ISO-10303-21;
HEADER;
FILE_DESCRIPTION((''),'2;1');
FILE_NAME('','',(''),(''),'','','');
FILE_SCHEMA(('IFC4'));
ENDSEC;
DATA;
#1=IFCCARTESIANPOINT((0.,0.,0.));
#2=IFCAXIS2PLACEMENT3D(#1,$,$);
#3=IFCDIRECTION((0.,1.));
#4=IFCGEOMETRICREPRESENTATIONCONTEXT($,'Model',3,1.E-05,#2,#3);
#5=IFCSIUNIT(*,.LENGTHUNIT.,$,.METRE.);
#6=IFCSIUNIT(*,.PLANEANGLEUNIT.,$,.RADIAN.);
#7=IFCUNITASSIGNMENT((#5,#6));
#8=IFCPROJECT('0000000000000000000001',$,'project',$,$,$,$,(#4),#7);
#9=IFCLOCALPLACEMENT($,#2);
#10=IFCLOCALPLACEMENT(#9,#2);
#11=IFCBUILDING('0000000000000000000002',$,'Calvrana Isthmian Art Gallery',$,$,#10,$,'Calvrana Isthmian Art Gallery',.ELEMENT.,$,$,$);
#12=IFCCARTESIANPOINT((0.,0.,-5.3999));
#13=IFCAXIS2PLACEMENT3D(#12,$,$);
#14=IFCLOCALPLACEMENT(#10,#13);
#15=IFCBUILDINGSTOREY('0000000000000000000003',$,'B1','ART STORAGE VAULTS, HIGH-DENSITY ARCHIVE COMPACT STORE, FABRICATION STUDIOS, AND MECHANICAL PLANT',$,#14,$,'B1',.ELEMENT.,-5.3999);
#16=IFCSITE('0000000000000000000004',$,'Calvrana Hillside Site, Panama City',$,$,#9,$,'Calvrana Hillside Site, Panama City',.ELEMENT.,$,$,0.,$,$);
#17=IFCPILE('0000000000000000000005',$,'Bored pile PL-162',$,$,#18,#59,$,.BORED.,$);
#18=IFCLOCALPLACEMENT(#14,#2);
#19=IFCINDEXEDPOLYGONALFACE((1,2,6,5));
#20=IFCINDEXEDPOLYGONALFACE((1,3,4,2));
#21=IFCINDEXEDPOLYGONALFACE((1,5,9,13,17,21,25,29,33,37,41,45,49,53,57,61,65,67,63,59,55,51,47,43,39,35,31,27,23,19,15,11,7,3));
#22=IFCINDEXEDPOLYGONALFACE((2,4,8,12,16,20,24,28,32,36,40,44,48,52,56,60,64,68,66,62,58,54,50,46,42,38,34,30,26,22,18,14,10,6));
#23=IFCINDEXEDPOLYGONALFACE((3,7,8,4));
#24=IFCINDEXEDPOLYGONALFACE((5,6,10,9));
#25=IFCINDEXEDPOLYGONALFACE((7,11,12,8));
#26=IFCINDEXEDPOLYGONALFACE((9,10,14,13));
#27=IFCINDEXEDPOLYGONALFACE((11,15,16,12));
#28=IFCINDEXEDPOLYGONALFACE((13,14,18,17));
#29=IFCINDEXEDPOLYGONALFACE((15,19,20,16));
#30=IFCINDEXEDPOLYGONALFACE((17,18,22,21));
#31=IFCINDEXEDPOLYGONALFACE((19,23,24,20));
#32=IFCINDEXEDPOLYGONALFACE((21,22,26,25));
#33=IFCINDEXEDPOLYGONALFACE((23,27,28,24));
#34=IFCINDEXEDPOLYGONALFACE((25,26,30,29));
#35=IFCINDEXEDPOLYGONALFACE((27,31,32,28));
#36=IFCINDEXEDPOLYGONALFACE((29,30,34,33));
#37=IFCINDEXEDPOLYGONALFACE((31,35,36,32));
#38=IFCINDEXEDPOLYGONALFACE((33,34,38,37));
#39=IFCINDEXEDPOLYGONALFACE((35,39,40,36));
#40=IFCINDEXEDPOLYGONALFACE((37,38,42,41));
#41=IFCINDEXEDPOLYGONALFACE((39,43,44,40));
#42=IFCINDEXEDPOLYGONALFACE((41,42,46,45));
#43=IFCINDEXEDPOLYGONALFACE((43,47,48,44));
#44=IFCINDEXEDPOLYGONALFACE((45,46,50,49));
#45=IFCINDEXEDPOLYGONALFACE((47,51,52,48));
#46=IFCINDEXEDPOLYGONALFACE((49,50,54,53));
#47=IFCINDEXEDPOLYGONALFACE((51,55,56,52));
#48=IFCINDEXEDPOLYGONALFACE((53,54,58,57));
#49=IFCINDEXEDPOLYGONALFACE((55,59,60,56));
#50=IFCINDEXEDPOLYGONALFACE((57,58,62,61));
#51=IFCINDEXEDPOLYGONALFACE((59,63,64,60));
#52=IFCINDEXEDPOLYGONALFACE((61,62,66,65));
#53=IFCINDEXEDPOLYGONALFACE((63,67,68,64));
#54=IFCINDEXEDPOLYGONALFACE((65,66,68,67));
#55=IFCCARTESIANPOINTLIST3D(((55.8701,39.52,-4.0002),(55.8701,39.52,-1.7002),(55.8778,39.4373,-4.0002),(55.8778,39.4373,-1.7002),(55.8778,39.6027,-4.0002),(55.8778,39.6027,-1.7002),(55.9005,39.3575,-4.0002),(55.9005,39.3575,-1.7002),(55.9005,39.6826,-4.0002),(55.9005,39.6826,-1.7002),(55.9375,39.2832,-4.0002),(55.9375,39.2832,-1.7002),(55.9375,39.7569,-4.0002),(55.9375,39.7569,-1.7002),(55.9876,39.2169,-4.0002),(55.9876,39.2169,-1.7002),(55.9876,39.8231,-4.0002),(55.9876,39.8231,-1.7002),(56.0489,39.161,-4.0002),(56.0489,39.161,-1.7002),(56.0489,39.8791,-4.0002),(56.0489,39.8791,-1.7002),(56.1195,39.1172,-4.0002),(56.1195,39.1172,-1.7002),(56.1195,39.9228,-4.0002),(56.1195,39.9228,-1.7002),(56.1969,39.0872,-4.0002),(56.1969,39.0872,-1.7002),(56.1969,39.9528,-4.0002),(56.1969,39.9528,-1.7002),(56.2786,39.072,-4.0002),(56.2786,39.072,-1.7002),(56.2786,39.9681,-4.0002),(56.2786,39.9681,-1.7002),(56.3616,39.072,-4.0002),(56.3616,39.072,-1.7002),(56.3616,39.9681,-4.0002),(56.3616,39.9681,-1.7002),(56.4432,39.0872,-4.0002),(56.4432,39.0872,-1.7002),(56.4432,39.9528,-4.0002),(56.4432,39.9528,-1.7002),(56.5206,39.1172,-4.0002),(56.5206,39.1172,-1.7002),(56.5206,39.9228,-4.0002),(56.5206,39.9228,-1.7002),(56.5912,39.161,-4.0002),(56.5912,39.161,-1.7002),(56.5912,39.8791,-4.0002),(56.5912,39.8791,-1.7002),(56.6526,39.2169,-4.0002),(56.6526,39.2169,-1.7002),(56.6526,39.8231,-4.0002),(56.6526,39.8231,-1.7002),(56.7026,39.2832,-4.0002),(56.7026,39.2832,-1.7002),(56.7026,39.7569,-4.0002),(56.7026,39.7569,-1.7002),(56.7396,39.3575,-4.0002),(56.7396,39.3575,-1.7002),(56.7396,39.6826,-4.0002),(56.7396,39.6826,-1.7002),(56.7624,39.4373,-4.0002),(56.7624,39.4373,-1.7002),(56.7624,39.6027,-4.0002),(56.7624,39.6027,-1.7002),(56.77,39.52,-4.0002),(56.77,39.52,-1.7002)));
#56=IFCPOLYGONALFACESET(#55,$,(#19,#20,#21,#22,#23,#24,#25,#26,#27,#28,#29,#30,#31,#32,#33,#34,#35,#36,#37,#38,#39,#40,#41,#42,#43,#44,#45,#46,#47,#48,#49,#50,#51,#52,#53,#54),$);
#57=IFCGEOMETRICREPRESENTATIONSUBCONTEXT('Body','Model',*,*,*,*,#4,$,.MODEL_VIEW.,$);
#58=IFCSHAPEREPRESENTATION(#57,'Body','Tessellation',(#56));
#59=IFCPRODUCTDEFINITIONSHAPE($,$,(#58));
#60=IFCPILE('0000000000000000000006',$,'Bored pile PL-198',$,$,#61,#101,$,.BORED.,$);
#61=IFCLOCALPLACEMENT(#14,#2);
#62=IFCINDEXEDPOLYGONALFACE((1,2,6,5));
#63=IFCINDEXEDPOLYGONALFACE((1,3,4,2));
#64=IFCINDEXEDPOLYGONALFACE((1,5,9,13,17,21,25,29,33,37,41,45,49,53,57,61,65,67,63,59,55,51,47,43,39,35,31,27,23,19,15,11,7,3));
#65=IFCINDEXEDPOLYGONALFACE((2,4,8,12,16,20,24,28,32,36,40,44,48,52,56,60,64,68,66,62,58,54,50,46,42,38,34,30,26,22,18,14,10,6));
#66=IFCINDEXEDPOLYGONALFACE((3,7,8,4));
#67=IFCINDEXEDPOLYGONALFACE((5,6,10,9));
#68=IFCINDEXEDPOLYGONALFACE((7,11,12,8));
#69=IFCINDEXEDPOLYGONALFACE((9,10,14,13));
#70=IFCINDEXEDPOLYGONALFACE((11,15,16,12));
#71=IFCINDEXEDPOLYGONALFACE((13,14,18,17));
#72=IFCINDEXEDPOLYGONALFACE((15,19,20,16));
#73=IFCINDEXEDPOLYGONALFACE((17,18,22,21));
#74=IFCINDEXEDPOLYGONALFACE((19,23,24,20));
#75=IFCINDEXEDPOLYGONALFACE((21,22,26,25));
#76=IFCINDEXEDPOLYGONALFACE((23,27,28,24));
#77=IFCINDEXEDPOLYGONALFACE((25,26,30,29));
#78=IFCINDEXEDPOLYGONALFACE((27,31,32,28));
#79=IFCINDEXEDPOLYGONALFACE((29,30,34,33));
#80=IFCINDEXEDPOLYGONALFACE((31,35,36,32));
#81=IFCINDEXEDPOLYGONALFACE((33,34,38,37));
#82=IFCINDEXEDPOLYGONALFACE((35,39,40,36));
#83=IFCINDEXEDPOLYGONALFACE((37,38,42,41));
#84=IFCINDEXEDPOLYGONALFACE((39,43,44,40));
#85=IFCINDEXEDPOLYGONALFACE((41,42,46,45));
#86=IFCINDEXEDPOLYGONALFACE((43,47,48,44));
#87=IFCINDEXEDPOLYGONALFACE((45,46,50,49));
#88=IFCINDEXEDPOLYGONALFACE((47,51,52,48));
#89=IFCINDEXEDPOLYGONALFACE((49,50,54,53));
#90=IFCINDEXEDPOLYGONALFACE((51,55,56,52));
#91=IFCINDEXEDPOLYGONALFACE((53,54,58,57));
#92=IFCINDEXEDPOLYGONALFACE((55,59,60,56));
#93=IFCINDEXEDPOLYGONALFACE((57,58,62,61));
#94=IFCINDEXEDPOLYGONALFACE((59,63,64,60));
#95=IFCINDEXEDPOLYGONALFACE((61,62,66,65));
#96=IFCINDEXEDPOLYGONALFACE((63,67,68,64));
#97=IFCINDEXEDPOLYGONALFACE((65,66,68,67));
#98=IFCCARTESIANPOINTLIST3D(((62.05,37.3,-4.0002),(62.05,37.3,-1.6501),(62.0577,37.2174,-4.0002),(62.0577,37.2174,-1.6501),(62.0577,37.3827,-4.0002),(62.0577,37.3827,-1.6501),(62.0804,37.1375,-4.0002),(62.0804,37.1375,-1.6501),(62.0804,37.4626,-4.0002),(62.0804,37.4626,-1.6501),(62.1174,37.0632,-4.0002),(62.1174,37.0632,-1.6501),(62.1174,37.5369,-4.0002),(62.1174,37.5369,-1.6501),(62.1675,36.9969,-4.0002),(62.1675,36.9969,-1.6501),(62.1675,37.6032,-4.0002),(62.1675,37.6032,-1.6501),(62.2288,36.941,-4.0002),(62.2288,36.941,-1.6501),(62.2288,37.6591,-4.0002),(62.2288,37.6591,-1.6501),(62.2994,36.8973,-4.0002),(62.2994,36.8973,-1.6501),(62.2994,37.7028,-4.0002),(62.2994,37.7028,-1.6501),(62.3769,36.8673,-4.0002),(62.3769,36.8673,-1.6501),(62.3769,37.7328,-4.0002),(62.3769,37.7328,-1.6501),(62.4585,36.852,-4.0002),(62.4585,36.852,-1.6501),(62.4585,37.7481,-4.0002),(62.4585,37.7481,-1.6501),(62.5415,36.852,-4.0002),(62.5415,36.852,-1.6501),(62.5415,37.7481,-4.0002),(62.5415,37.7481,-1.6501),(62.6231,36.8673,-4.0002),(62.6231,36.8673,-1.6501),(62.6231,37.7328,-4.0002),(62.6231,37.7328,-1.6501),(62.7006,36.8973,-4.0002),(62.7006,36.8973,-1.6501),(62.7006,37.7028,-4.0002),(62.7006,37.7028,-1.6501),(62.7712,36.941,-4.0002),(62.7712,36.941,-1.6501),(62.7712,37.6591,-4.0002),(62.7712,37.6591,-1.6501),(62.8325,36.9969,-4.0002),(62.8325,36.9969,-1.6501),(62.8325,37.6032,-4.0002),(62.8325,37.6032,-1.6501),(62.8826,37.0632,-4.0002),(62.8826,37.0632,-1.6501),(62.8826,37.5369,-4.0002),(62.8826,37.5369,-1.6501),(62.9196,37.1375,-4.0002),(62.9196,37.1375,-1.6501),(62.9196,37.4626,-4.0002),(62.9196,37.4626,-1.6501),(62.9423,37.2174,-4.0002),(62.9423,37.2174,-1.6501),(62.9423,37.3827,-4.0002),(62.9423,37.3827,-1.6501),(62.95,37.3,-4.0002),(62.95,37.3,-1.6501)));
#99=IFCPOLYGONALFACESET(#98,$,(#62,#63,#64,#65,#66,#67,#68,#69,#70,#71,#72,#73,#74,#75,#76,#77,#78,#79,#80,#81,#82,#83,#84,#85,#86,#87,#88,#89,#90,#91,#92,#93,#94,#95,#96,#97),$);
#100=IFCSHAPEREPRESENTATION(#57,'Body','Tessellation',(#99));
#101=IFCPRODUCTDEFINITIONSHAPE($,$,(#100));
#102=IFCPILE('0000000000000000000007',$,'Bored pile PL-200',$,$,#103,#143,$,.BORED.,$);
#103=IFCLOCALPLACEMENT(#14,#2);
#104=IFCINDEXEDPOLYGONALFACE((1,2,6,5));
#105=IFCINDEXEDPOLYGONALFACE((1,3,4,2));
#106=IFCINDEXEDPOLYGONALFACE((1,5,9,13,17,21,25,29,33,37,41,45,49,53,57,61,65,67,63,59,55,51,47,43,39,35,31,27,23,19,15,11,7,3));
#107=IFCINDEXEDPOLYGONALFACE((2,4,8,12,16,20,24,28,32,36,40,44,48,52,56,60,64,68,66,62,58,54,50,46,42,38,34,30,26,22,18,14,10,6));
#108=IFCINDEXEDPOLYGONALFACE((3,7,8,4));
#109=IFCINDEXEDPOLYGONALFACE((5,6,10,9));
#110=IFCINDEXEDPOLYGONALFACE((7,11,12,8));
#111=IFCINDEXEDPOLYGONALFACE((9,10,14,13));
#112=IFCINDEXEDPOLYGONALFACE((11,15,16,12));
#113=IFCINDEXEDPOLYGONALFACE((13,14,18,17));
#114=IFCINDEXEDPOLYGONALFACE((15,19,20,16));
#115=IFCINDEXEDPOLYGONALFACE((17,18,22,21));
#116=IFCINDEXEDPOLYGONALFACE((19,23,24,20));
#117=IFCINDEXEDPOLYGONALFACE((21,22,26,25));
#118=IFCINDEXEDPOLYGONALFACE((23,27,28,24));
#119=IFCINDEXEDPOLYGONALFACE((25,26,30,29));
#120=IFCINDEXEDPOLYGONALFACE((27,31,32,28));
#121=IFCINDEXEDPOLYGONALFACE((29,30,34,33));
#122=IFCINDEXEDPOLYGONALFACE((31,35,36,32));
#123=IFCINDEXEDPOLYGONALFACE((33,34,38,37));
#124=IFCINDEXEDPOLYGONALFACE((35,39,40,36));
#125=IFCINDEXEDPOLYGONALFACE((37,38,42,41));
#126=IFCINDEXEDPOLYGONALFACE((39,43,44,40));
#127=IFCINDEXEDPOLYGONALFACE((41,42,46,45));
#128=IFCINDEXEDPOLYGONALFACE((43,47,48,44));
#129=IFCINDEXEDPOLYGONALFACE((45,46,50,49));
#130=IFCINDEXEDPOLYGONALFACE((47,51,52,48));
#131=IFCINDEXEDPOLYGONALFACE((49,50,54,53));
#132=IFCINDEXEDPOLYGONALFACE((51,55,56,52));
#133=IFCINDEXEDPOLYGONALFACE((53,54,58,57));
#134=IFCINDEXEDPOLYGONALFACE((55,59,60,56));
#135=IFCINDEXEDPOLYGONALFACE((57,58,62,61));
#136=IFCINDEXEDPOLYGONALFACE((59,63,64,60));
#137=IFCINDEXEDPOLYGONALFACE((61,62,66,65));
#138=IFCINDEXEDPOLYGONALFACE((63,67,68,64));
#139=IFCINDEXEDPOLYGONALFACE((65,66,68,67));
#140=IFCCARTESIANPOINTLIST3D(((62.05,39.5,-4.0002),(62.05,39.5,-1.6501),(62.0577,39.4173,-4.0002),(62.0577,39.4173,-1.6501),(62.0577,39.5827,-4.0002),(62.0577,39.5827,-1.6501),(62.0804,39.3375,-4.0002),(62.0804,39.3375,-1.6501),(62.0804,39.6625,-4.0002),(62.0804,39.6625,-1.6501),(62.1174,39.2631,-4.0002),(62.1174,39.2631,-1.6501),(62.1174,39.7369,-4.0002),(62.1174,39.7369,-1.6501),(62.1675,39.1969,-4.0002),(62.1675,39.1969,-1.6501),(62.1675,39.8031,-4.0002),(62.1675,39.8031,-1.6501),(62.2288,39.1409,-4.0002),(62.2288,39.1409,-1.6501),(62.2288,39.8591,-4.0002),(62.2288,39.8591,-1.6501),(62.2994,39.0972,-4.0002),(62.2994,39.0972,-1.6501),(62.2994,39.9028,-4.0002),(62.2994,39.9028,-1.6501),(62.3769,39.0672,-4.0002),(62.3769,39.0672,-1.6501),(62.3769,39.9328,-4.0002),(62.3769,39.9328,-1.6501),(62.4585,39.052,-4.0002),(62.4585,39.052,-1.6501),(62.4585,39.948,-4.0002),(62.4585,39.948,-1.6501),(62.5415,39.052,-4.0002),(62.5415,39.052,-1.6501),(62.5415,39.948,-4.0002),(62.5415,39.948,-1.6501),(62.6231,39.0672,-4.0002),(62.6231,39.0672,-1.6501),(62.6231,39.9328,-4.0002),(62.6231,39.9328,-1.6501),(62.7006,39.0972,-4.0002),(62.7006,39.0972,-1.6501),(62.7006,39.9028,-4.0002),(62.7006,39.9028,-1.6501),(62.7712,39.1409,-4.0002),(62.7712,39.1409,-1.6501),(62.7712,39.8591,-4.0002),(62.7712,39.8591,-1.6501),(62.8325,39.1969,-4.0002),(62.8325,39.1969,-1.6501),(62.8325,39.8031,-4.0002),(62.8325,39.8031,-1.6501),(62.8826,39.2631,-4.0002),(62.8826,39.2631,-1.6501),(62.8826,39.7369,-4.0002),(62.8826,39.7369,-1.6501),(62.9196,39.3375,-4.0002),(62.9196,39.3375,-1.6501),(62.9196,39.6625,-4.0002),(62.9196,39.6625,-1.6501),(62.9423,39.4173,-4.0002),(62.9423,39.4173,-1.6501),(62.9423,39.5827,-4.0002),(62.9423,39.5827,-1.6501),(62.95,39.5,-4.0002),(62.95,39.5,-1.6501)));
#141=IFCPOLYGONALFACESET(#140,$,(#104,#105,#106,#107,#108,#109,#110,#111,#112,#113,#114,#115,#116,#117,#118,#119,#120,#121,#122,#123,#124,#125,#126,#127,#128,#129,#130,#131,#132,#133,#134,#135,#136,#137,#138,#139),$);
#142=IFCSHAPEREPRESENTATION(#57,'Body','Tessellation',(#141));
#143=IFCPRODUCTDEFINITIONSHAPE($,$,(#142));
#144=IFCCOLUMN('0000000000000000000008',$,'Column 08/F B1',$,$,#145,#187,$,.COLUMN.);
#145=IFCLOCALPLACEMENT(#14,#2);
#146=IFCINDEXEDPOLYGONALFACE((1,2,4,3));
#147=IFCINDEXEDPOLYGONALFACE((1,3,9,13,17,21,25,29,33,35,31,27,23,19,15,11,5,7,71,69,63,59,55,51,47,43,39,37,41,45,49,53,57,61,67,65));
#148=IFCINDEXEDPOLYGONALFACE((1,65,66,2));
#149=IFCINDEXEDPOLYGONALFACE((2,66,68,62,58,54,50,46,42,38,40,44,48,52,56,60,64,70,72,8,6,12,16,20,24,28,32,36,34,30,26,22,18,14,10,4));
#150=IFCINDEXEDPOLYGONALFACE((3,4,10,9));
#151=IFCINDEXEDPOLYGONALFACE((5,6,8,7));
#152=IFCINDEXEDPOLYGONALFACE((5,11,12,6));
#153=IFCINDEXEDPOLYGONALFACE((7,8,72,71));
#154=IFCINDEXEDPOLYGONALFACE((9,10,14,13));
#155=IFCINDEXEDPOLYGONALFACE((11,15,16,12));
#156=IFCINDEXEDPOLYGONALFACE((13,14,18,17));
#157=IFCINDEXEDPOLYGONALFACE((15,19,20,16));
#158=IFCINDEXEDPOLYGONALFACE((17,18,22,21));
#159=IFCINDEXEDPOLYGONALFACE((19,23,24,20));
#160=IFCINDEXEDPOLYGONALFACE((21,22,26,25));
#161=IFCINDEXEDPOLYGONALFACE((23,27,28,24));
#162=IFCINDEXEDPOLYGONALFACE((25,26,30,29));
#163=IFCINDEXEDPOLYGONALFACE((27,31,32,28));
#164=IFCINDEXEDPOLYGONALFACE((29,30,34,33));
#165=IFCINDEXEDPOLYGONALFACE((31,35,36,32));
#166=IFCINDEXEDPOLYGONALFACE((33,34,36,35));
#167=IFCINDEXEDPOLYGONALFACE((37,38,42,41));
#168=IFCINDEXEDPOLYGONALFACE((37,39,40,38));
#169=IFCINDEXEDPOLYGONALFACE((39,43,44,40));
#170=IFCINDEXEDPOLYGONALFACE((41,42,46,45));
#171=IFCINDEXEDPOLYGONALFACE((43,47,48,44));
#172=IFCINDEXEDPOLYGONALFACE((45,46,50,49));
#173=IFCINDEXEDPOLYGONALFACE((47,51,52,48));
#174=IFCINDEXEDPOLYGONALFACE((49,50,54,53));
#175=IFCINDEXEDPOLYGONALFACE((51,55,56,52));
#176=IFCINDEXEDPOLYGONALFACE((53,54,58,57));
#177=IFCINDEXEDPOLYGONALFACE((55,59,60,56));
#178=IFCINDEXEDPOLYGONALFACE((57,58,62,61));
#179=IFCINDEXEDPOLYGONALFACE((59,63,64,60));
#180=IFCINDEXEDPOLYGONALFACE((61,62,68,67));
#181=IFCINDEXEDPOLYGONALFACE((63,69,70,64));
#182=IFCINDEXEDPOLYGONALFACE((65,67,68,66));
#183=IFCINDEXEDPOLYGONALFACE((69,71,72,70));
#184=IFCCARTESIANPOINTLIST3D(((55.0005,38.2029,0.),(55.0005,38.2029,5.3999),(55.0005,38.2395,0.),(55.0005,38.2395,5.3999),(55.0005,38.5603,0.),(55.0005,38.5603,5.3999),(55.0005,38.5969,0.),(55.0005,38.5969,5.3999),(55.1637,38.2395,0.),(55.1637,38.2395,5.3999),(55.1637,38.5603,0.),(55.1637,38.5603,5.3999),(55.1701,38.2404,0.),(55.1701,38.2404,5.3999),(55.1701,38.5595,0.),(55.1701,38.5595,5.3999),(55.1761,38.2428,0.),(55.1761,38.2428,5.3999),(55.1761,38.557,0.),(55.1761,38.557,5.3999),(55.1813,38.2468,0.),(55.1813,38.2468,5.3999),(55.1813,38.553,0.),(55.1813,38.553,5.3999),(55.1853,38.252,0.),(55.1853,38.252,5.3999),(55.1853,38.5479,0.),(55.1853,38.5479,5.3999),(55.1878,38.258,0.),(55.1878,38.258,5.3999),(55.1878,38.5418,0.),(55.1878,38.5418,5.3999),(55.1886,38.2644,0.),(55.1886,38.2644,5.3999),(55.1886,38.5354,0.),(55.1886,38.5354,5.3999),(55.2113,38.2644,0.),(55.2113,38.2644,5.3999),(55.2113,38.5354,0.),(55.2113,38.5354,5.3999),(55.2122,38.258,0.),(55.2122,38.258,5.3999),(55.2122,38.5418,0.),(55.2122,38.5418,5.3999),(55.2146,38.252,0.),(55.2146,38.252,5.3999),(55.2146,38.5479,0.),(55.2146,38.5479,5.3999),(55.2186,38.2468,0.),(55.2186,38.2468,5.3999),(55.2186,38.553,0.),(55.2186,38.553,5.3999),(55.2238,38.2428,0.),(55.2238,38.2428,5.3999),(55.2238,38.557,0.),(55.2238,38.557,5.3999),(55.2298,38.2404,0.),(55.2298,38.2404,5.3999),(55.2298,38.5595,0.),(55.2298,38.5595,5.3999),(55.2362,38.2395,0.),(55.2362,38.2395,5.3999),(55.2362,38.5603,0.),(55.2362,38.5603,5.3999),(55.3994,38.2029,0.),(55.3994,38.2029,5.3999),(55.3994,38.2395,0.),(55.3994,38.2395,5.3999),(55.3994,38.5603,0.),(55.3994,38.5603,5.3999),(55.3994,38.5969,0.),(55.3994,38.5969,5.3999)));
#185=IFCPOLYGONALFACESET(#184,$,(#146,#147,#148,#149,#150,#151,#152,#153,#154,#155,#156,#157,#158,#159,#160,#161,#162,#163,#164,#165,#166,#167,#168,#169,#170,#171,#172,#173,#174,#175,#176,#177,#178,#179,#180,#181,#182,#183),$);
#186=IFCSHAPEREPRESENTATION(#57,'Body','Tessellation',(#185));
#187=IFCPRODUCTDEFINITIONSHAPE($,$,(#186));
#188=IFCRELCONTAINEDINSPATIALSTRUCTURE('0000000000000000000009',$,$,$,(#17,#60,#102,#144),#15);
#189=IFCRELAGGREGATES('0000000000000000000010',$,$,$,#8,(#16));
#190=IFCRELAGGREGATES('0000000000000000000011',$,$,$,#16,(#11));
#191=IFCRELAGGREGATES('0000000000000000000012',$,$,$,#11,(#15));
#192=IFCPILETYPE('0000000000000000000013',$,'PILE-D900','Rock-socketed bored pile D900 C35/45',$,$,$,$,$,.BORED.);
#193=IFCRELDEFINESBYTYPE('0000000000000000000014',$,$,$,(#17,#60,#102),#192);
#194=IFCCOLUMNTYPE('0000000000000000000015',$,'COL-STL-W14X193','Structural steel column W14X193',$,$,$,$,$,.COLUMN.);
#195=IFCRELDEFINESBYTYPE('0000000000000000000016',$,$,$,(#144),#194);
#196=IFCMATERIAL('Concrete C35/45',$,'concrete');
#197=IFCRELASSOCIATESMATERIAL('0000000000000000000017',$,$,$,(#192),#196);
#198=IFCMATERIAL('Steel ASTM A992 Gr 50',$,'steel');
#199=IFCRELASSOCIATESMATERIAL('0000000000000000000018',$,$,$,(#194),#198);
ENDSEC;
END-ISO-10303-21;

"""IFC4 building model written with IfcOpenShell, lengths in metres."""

from ifc_helpers import new_model, si_unit, direction, frame, origin, origin_2d, place, context, subcontext, project, spatial, circle, i_section, extrude, material, material_profile, profile_set, type_object, element, save


model = new_model("IFC4")

# Units and contexts
model_context = context("Model", 3, precision=1e-05, world=origin(), true_north=direction((0.0, 1.0)))
body_context = subcontext(model_context, "Body", "Model", "MODEL_VIEW")
ifc_project = project(units=[si_unit("LENGTHUNIT", "METRE"), si_unit("PLANEANGLEUNIT", "RADIAN")], contexts=[model_context])

# Site, building, storey
site_placement = place(None, origin())
site = spatial("IfcSite", under=ifc_project, at=site_placement, Name="Calvrana Hillside Site, Panama City", LongName="Calvrana Hillside Site, Panama City", CompositionType="ELEMENT", RefElevation=0.0)
building_placement = place(site_placement, origin())
building = spatial("IfcBuilding", under=site, at=building_placement, Name="Calvrana Isthmian Art Gallery", LongName="Calvrana Isthmian Art Gallery", CompositionType="ELEMENT")
storey_placement = place(building_placement, frame((0.0, 0.0, -5.3999)))
storey = spatial("IfcBuildingStorey", under=building, at=storey_placement, Name="B1", Description="ART STORAGE VAULTS, HIGH-DENSITY ARCHIVE COMPACT STORE, FABRICATION STUDIOS, AND MECHANICAL PLANT", LongName="B1", CompositionType="ELEMENT", Elevation=-5.3999)

# Shared definitions
ifc_material_1 = material(Name="Concrete C35/45", Category="concrete")

# Piles
ifc_material_profile_1 = material_profile(ifc_material_1, circle(Radius=0.45, at=origin_2d()), Name="PILE900D")
ifc_profile_set_1 = profile_set([ifc_material_profile_1], Name="Concrete C35/45")
pile_type_1 = type_object("IfcPileType", Name="PILE-D900", Description="Rock-socketed bored pile D900 C35/45", PredefinedType="BORED", material=ifc_profile_set_1)
for number, where, z_axis, x_axis, name in (
    (1, (56.3201, 39.52, -1.7002), (0.0, 0.0, -1.0), (1.0, 0.0, 0.0), "Bored pile PL-162"),
):
    element("IfcPile", number, at=place(storey_placement, frame(where, z_axis=z_axis, x_axis=x_axis)), inside=storey, type_object=pile_type_1, Name=name, PredefinedType="BORED", context=body_context, shape_type="SweptSolid", body=[
        extrude(circle(Radius=0.45, at=origin_2d()), origin(), (0.0, 0.0, 1.0), 2.3),
    ])
for number, where, z_axis, x_axis, name in (
    (2, (62.5, 37.3, -1.6501), (0.0, 0.0, -1.0), (1.0, 0.0, 0.0), "Bored pile PL-198"),
    (3, (62.5, 39.5, -1.6501), (0.0, 0.0, -1.0), (1.0, 0.0, 0.0), "Bored pile PL-200"),
):
    element("IfcPile", number, at=place(storey_placement, frame(where, z_axis=z_axis, x_axis=x_axis)), inside=storey, type_object=pile_type_1, Name=name, PredefinedType="BORED", context=body_context, shape_type="SweptSolid", body=[
        extrude(circle(Radius=0.45, at=origin_2d()), origin(), (0.0, 0.0, 1.0), 2.3501),
    ])

# Column
ifc_material_2 = material(Name="Steel ASTM A992 Gr 50", Category="steel")
ifc_material_profile_2 = material_profile(ifc_material_2, i_section(OverallWidth=0.3989, OverallDepth=0.394, WebThickness=0.0227, FlangeThickness=0.0366, FilletRadius=0.0249, at=origin_2d()), Name="W14X193")
ifc_profile_set_2 = profile_set([ifc_material_profile_2], Name="Steel ASTM A992 Gr 50")
column_type_1 = type_object("IfcColumnType", Name="COL-STL-W14X193", Description="Structural steel column W14X193", PredefinedType="COLUMN", material=ifc_profile_set_2)
column_1_placement = place(storey_placement, frame((55.2, 38.3999, 0.0), z_axis=(0.0, 0.0, 1.0), x_axis=(1.0, 0.0, 0.0)))
element("IfcColumn", 4, at=column_1_placement, inside=storey, type_object=column_type_1, Name="Column 08/F B1", PredefinedType="COLUMN", context=body_context, shape_type="SweptSolid", body=[
    extrude(i_section(OverallWidth=0.3989, OverallDepth=0.394, WebThickness=0.0227, FlangeThickness=0.0366, FilletRadius=0.0249, at=origin_2d()), origin(), (0.0, 0.0, 1.0), 5.3999),
])

save(model, "model.ifc")
